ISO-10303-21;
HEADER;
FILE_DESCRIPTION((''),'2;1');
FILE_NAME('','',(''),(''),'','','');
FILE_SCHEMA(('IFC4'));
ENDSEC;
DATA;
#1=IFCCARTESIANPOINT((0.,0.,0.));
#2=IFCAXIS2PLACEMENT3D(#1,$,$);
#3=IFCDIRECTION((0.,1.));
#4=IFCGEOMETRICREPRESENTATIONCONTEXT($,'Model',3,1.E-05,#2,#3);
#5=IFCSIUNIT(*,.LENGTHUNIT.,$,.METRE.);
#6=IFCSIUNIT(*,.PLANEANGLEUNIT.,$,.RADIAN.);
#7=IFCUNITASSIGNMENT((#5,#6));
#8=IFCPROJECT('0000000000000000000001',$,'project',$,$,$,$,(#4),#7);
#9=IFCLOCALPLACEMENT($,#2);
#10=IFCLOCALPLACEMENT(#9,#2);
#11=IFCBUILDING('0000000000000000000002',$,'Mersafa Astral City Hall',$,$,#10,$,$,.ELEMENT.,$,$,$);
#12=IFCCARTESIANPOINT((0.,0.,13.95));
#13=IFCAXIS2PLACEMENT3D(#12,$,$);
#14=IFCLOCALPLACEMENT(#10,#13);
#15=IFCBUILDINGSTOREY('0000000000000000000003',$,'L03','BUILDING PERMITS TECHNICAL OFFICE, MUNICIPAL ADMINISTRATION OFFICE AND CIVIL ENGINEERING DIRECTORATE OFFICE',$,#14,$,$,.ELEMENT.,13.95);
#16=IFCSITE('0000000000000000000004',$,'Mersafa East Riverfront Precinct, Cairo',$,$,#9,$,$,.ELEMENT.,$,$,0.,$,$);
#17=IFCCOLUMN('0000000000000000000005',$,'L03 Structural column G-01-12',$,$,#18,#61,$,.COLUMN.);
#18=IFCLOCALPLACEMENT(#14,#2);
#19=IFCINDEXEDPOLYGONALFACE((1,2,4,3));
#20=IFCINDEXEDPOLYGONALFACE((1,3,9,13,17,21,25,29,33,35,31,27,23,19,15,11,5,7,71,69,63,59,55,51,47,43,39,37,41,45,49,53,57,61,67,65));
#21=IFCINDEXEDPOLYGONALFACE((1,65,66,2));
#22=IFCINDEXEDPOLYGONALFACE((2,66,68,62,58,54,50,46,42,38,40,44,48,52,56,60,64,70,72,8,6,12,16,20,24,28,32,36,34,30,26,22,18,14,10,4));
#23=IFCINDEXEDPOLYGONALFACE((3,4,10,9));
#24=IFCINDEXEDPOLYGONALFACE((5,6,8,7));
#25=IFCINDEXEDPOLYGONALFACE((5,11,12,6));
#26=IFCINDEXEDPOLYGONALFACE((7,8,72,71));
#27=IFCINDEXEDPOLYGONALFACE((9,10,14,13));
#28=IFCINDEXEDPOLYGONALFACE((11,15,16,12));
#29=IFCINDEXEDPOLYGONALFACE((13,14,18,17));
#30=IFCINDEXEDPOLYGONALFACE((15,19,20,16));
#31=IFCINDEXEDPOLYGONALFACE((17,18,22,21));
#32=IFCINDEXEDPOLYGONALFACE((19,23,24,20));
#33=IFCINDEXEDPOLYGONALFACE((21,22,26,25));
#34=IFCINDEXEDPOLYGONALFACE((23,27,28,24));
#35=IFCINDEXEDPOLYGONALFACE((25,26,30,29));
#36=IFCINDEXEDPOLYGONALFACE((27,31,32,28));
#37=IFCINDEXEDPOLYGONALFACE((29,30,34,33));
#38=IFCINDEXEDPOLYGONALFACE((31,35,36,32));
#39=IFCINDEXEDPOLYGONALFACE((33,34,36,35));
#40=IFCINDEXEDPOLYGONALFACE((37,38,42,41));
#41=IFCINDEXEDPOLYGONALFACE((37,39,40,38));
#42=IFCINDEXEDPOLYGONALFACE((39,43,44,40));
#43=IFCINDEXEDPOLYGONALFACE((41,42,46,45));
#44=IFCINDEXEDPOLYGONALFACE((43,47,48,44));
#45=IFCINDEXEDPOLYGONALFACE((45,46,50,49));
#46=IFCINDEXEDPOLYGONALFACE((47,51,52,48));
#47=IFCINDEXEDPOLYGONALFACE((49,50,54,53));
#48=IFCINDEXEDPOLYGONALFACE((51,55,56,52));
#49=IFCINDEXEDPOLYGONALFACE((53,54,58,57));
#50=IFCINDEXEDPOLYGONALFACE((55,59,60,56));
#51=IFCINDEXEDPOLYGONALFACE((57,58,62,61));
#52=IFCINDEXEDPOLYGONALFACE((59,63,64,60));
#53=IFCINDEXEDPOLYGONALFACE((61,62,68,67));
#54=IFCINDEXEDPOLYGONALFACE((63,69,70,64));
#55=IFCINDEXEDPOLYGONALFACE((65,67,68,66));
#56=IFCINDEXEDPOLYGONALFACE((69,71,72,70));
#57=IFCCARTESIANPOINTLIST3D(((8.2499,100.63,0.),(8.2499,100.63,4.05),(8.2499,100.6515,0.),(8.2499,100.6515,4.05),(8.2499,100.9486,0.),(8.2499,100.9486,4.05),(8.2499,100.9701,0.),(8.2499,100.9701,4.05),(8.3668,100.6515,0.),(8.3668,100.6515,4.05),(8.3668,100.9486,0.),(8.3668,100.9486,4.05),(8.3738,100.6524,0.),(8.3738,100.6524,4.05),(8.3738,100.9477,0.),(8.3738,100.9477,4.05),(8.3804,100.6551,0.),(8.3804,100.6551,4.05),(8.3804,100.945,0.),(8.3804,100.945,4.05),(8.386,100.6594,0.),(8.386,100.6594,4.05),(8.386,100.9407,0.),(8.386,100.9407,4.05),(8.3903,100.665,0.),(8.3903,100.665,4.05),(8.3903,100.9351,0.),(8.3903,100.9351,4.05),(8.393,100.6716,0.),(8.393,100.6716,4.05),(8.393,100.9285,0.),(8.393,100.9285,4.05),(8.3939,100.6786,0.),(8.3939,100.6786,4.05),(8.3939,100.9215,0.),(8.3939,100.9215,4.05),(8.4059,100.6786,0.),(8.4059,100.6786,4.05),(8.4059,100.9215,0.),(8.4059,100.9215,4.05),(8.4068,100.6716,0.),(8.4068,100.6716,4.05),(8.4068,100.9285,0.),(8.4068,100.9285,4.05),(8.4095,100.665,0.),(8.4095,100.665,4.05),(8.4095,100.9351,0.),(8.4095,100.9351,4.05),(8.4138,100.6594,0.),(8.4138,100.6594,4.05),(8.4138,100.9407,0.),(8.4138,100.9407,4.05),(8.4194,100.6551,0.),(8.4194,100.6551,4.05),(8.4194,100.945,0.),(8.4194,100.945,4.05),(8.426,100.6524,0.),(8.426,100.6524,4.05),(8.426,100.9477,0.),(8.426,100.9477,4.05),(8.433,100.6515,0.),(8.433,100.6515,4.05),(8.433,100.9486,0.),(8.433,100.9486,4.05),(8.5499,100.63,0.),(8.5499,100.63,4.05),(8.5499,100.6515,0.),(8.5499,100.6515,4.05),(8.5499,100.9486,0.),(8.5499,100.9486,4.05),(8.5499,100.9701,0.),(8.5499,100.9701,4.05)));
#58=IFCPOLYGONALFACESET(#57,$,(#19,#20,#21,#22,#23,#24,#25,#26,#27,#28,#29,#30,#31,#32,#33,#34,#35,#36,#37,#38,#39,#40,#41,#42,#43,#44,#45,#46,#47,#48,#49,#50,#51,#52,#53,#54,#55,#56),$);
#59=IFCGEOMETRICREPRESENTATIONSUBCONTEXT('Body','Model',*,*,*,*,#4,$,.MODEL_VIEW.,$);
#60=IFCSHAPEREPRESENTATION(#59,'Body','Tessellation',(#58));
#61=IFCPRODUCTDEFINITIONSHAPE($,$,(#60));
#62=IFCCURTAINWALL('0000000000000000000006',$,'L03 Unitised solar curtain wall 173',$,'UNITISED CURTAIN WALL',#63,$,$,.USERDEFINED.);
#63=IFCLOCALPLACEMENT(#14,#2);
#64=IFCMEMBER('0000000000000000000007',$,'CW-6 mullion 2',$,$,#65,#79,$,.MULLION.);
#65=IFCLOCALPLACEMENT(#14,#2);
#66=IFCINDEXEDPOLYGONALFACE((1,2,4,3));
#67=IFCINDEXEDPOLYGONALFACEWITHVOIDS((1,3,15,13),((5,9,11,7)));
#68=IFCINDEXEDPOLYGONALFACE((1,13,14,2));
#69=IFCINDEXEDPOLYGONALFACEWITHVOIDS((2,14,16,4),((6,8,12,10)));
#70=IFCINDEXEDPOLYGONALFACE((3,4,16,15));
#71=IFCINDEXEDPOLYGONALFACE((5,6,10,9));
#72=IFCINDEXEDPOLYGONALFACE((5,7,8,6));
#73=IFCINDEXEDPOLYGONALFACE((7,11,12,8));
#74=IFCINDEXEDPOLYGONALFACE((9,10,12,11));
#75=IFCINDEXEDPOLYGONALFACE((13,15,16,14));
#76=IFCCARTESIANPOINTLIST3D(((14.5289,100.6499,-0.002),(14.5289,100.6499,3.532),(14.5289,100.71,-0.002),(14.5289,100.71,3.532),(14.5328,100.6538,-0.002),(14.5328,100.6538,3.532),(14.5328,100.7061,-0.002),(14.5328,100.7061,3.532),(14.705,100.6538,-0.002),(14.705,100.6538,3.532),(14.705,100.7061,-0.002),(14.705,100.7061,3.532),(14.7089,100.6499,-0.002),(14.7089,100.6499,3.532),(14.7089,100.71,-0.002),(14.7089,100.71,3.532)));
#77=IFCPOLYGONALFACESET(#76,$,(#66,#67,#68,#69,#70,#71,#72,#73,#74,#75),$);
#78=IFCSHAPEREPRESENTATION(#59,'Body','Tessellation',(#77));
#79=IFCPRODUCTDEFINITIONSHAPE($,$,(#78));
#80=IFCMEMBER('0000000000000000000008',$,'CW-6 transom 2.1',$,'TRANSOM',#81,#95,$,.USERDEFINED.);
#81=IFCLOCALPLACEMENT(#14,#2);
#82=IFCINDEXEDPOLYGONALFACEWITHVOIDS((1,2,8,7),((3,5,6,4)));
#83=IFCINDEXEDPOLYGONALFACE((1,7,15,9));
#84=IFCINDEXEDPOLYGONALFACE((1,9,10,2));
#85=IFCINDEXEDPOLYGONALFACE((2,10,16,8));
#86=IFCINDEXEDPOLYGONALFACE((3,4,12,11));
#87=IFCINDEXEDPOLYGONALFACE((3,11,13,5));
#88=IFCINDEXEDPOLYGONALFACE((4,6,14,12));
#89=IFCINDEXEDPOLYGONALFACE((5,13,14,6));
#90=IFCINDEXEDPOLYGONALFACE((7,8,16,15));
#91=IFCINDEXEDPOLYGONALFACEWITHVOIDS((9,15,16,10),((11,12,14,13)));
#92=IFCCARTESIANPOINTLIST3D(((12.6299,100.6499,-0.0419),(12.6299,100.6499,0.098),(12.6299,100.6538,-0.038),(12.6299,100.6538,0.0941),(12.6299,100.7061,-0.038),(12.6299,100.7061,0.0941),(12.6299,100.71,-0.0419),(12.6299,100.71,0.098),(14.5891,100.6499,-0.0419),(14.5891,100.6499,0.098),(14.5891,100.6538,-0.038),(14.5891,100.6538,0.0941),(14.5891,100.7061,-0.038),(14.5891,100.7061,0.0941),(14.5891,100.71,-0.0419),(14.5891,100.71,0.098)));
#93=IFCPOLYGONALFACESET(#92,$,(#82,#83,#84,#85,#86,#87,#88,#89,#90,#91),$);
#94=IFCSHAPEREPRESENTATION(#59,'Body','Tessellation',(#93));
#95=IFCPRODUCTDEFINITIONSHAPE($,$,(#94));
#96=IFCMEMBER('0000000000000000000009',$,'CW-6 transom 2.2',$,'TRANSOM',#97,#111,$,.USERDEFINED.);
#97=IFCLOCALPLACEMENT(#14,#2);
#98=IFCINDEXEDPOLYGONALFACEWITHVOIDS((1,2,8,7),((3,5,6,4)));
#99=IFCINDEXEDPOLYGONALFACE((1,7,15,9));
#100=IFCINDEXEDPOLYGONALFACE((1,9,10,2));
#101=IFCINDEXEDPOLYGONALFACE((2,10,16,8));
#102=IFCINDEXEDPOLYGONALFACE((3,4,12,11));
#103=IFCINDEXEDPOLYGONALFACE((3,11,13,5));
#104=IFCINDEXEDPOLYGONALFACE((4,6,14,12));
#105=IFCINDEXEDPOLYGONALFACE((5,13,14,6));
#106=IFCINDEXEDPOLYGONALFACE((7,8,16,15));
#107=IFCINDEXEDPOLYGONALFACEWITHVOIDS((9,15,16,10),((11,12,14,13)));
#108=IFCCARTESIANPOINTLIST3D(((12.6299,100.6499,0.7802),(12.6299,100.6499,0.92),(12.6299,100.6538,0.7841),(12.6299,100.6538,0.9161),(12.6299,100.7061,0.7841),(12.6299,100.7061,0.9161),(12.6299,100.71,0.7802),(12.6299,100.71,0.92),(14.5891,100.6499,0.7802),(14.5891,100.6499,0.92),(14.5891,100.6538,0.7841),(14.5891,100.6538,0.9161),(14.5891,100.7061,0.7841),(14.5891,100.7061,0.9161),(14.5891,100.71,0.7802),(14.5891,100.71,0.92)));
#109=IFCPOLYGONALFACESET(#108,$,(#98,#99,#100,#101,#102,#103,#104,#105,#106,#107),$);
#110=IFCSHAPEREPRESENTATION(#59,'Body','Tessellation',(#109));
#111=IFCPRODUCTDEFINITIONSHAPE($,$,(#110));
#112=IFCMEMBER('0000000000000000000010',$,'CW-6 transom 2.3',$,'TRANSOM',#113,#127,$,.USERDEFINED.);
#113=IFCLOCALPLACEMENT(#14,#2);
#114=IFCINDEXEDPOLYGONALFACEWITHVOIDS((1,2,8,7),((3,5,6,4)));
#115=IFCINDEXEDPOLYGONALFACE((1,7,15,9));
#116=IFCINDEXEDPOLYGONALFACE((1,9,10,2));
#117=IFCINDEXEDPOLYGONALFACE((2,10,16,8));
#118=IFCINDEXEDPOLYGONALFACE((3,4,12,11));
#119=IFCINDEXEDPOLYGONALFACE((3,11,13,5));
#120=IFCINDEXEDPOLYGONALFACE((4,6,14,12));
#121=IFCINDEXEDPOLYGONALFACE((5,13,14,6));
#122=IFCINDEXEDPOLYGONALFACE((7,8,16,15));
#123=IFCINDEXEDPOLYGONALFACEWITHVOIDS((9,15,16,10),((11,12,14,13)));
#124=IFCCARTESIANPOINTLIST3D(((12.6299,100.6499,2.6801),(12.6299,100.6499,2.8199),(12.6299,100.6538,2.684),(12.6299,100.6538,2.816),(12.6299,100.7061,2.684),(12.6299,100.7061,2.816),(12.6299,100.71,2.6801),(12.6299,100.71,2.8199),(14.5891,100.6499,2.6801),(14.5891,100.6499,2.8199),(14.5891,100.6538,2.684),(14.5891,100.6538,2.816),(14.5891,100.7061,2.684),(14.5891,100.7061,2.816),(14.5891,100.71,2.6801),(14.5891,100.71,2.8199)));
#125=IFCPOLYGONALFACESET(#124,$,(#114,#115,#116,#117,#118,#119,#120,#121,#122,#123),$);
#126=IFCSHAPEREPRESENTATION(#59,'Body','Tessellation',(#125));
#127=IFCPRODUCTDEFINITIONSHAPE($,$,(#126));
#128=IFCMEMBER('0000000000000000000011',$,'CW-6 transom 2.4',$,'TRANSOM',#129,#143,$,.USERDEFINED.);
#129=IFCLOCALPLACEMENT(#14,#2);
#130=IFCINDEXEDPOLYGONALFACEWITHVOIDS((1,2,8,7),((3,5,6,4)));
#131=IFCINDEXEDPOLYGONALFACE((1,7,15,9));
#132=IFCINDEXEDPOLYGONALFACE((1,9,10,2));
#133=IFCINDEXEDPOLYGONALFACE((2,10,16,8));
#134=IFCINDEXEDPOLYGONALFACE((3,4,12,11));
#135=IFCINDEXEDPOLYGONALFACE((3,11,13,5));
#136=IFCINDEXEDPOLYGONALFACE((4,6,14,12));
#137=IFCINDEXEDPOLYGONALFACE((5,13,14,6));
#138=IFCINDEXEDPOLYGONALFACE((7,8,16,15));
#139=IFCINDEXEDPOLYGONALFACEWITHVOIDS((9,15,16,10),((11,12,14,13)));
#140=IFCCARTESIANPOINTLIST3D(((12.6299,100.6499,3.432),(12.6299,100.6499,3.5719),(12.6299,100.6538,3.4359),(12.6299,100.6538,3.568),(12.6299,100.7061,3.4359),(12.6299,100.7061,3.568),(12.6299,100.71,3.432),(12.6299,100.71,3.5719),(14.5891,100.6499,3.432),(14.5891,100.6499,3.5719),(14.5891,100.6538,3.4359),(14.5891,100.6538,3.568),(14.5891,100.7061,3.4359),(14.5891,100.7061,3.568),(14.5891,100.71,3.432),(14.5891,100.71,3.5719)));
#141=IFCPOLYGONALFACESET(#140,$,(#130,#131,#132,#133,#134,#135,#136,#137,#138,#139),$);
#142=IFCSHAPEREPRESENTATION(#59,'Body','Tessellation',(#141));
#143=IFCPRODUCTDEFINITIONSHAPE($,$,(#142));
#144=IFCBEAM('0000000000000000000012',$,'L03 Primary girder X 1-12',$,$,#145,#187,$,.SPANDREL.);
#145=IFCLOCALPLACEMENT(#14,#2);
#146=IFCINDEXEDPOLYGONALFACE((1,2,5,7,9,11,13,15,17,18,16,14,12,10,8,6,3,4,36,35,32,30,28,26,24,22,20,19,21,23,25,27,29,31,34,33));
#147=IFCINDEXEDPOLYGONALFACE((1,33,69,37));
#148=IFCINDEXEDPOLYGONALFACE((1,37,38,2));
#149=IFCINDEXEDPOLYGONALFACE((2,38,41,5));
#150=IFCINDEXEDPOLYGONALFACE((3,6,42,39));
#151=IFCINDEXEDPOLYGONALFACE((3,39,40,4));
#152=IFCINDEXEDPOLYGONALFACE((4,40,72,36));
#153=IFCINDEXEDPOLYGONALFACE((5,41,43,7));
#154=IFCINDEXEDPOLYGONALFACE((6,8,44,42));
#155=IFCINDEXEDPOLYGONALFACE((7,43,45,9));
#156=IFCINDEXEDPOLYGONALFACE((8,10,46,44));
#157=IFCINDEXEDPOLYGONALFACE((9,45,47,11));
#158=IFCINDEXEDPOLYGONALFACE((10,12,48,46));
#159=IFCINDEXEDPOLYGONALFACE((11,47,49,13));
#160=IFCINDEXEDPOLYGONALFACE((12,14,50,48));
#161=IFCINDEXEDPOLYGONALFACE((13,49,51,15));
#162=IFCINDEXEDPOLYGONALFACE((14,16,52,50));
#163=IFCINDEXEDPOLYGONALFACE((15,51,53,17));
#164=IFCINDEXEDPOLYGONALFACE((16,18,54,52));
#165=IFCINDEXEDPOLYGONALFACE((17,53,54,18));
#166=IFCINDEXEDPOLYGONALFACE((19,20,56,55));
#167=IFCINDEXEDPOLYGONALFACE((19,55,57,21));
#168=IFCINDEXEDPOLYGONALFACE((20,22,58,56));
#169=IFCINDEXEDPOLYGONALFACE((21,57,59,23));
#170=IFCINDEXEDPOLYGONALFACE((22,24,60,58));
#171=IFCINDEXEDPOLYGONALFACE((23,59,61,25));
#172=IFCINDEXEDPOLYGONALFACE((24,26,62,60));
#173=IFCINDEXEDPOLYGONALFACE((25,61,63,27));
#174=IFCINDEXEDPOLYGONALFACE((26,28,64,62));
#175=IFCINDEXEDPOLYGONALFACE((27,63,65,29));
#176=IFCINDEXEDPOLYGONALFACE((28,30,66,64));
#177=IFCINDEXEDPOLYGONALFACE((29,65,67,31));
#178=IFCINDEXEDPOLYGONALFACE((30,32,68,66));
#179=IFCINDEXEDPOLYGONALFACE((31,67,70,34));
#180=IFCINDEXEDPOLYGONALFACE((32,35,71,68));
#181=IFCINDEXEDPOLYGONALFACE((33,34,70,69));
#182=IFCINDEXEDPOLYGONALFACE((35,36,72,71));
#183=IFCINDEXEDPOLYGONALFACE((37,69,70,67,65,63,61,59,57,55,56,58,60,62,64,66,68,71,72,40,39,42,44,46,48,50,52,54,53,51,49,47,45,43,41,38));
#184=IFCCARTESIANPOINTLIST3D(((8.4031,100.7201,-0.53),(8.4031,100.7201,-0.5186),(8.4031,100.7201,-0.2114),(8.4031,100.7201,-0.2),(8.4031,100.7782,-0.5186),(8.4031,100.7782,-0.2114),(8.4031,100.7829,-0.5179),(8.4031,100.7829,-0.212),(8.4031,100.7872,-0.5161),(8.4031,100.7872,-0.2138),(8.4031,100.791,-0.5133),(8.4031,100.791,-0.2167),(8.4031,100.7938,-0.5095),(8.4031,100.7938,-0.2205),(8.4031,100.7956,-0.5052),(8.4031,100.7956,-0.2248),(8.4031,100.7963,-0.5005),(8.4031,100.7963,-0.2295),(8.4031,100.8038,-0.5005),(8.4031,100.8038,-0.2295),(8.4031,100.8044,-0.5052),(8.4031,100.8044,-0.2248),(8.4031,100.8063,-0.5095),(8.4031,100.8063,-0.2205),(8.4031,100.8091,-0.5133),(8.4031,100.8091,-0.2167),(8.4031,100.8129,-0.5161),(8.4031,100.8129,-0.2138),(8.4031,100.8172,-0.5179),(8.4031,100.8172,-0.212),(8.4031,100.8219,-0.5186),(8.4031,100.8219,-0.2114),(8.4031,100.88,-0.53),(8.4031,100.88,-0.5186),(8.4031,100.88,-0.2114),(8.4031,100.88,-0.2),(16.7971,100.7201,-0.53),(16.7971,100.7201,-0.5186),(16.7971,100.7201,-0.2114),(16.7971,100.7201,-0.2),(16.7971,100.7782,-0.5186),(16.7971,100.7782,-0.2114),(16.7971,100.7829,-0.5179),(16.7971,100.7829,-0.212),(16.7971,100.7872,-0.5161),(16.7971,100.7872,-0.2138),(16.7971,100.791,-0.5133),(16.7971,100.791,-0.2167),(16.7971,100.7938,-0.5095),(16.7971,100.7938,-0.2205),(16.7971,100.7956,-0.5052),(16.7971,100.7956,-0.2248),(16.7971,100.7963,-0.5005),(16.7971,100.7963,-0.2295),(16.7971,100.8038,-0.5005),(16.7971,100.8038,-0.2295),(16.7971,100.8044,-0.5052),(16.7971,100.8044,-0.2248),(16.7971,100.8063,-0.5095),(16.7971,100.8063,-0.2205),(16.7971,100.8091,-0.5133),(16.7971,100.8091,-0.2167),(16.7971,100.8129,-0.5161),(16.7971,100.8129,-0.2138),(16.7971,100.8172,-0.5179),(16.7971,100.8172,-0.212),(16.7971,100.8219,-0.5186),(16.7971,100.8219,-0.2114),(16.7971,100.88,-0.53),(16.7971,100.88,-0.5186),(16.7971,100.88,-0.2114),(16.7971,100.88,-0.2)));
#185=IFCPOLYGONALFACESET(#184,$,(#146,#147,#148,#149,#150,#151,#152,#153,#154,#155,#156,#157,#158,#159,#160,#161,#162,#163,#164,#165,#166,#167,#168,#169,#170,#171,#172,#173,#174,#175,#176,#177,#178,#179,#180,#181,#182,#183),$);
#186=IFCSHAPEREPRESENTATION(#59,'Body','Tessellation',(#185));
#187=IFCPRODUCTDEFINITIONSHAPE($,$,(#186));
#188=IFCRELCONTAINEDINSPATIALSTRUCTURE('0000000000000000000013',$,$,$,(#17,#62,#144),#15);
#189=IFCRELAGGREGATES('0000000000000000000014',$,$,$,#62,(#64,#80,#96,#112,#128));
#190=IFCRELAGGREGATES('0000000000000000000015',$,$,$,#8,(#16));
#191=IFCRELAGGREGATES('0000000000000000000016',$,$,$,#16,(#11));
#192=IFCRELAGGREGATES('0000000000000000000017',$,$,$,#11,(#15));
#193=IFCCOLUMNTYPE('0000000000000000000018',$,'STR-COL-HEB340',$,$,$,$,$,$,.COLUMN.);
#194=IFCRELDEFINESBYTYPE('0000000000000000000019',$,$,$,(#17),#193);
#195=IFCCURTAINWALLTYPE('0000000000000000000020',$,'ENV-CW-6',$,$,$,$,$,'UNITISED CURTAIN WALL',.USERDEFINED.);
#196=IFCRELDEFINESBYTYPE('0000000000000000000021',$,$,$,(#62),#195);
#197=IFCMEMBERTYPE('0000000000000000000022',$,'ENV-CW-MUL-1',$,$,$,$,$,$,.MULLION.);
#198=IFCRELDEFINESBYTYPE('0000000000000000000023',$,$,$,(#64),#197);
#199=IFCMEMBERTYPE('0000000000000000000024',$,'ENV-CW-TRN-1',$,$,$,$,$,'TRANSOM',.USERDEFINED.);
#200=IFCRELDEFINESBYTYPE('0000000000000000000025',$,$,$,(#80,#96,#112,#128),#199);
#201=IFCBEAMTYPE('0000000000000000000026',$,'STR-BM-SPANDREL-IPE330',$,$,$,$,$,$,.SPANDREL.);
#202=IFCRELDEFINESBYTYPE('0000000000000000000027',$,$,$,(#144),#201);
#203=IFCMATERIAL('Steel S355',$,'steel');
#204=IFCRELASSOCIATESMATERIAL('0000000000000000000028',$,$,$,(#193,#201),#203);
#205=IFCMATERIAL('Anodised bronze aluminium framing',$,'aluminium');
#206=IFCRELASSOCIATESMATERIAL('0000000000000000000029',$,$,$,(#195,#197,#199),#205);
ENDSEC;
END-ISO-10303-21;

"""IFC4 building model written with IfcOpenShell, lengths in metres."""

from ifc_helpers import new_model, si_unit, direction, frame, origin, origin_2d, place, context, subcontext, project, spatial, hollow_rectangle, i_section, extrude, material, material_profile, profile_set, type_object, element, aggregate, save


model = new_model("IFC4")

# Units and contexts
model_context = context("Model", 3, precision=1e-05, world=origin(), true_north=direction((0.0, 1.0)))
body_context = subcontext(model_context, "Body", "Model", "MODEL_VIEW")
ifc_project = project(units=[si_unit("LENGTHUNIT", "METRE"), si_unit("PLANEANGLEUNIT", "RADIAN")], contexts=[model_context])

# Site, building, storey
site_placement = place(None, origin())
site = spatial("IfcSite", under=ifc_project, at=site_placement, Name="Mersafa East Riverfront Precinct, Cairo", CompositionType="ELEMENT", RefElevation=0.0)
building_placement = place(site_placement, origin())
building = spatial("IfcBuilding", under=site, at=building_placement, Name="Mersafa Astral City Hall", CompositionType="ELEMENT")
storey_placement = place(building_placement, frame((0.0, 0.0, 13.95)))
storey = spatial("IfcBuildingStorey", under=building, at=storey_placement, Name="L03", Description="BUILDING PERMITS TECHNICAL OFFICE, MUNICIPAL ADMINISTRATION OFFICE AND CIVIL ENGINEERING DIRECTORATE OFFICE", CompositionType="ELEMENT", Elevation=13.95)

# Column
ifc_material_1 = material(Name="Steel S355", Category="steel")
ifc_material_profile_1 = material_profile(ifc_material_1, i_section(OverallWidth=0.3, OverallDepth=0.3401, WebThickness=0.012, FlangeThickness=0.0215, FilletRadius=0.0271, at=origin_2d()), Name="HEB 340")
ifc_profile_set_1 = profile_set([ifc_material_profile_1], Name="Steel S355")
column_type = type_object("IfcColumnType", Name="STR-COL-HEB340", PredefinedType="COLUMN", material=ifc_profile_set_1)
column_placement = place(storey_placement, frame((8.3999, 100.8, 0.0), z_axis=(0.0, 0.0, 1.0), x_axis=(1.0, 0.0, 0.0)))
element("IfcColumn", 1, at=column_placement, inside=storey, type_object=column_type, Name="L03 Structural column G-01-12", PredefinedType="COLUMN", context=body_context, shape_type="SweptSolid", body=[
    extrude(i_section(OverallWidth=0.3, OverallDepth=0.3401, WebThickness=0.012, FlangeThickness=0.0215, FilletRadius=0.0271, at=origin_2d()), origin(), (0.0, 0.0, 1.0), 4.05),
])

# Curtain wall, members
ifc_material_2 = material(Name="Anodised bronze aluminium framing", Category="aluminium")
curtain_wall_type = type_object("IfcCurtainWallType", Name="ENV-CW-6", ElementType="UNITISED CURTAIN WALL", PredefinedType="USERDEFINED", material=ifc_material_2)
curtain_wall_placement = place(storey_placement, origin())
curtain_wall = element("IfcCurtainWall", 2, at=curtain_wall_placement, inside=storey, type_object=curtain_wall_type, Name="L03 Unitised solar curtain wall 173", ObjectType="UNITISED CURTAIN WALL", PredefinedType="USERDEFINED")
ifc_material_profile_2 = material_profile(ifc_material_2, hollow_rectangle(XDim=0.0601, YDim=0.1799, WallThickness=0.0039, at=origin_2d()), Name="RHS 60x180x4")
ifc_profile_set_2 = profile_set([ifc_material_profile_2], Name="Anodised bronze aluminium framing")
member_type_1 = type_object("IfcMemberType", Name="ENV-CW-MUL-1", PredefinedType="MULLION", material=ifc_profile_set_2)
member_1_placement = place(storey_placement, frame((14.6189, 100.6799, -0.002), z_axis=(0.0, 0.0, 1.0), x_axis=(0.0, -1.0, 0.0)))
member_1 = element("IfcMember", 3, at=member_1_placement, type_object=member_type_1, Name="CW-6 mullion 2", PredefinedType="MULLION", context=body_context, shape_type="SweptSolid", body=[
    extrude(hollow_rectangle(XDim=0.0601, YDim=0.1799, WallThickness=0.0039, at=origin_2d()), origin(), (0.0, 0.0, 1.0), 3.5339),
])
ifc_material_profile_3 = material_profile(ifc_material_2, hollow_rectangle(XDim=0.0601, YDim=0.1399, WallThickness=0.0039, at=origin_2d()), Name="RHS 60x140x4")
ifc_profile_set_3 = profile_set([ifc_material_profile_3], Name="Anodised bronze aluminium framing")
member_type_2 = type_object("IfcMemberType", Name="ENV-CW-TRN-1", ElementType="TRANSOM", PredefinedType="USERDEFINED", material=ifc_profile_set_3)
member_2_placement = place(storey_placement, frame((14.5891, 100.6799, 0.0281), z_axis=(-1.0, 0.0, 0.0), x_axis=(0.0, -1.0, 0.0)))
member_2 = element("IfcMember", 4, at=member_2_placement, type_object=member_type_2, Name="CW-6 transom 2.1", ObjectType="TRANSOM", PredefinedType="USERDEFINED", context=body_context, shape_type="SweptSolid", body=[
    extrude(hollow_rectangle(XDim=0.0601, YDim=0.1399, WallThickness=0.0039, at=origin_2d()), origin(), (0.0, 0.0, 1.0), 1.9592),
])
member_3_placement = place(storey_placement, frame((14.5891, 100.6799, 0.8501), z_axis=(-1.0, 0.0, 0.0), x_axis=(0.0, -1.0, 0.0)))
member_3 = element("IfcMember", 5, at=member_3_placement, type_object=member_type_2, Name="CW-6 transom 2.2", ObjectType="TRANSOM", PredefinedType="USERDEFINED", context=body_context, shape_type="SweptSolid", body=[
    extrude(hollow_rectangle(XDim=0.0601, YDim=0.1399, WallThickness=0.0039, at=origin_2d()), origin(), (0.0, 0.0, 1.0), 1.9592),
])
member_4_placement = place(storey_placement, frame((14.5891, 100.6799, 2.75), z_axis=(-1.0, 0.0, 0.0), x_axis=(0.0, -1.0, 0.0)))
member_4 = element("IfcMember", 6, at=member_4_placement, type_object=member_type_2, Name="CW-6 transom 2.3", ObjectType="TRANSOM", PredefinedType="USERDEFINED", context=body_context, shape_type="SweptSolid", body=[
    extrude(hollow_rectangle(XDim=0.0601, YDim=0.1399, WallThickness=0.0039, at=origin_2d()), origin(), (0.0, 0.0, 1.0), 1.9592),
])
member_5_placement = place(storey_placement, frame((14.5891, 100.6799, 3.502), z_axis=(-1.0, 0.0, 0.0), x_axis=(0.0, -1.0, 0.0)))
member_5 = element("IfcMember", 7, at=member_5_placement, type_object=member_type_2, Name="CW-6 transom 2.4", ObjectType="TRANSOM", PredefinedType="USERDEFINED", context=body_context, shape_type="SweptSolid", body=[
    extrude(hollow_rectangle(XDim=0.0601, YDim=0.1399, WallThickness=0.0039, at=origin_2d()), origin(), (0.0, 0.0, 1.0), 1.9592),
])

# Beam
ifc_material_profile_4 = material_profile(ifc_material_1, i_section(OverallWidth=0.1599, OverallDepth=0.3301, WebThickness=0.0076, FlangeThickness=0.0115, FilletRadius=0.0181, at=origin_2d()), Name="IPE 330")
ifc_profile_set_4 = profile_set([ifc_material_profile_4], Name="Steel S355")
beam_type = type_object("IfcBeamType", Name="STR-BM-SPANDREL-IPE330", PredefinedType="SPANDREL", material=ifc_profile_set_4)
beam_placement = place(storey_placement, frame((8.4031, 100.8, -0.365), z_axis=(1.0, 0.0, 0.0), x_axis=(0.0, 1.0, 0.0)))
element("IfcBeam", 8, at=beam_placement, inside=storey, type_object=beam_type, Name="L03 Primary girder X 1-12", PredefinedType="SPANDREL", context=body_context, shape_type="SweptSolid", body=[
    extrude(i_section(OverallWidth=0.1599, OverallDepth=0.3301, WebThickness=0.0076, FlangeThickness=0.0115, FilletRadius=0.0181, at=origin_2d()), origin(), (0.0, 0.0, 1.0), 8.394),
])

aggregate(curtain_wall, [member_1, member_2, member_3, member_4, member_5])

save(model, "model.ifc")
